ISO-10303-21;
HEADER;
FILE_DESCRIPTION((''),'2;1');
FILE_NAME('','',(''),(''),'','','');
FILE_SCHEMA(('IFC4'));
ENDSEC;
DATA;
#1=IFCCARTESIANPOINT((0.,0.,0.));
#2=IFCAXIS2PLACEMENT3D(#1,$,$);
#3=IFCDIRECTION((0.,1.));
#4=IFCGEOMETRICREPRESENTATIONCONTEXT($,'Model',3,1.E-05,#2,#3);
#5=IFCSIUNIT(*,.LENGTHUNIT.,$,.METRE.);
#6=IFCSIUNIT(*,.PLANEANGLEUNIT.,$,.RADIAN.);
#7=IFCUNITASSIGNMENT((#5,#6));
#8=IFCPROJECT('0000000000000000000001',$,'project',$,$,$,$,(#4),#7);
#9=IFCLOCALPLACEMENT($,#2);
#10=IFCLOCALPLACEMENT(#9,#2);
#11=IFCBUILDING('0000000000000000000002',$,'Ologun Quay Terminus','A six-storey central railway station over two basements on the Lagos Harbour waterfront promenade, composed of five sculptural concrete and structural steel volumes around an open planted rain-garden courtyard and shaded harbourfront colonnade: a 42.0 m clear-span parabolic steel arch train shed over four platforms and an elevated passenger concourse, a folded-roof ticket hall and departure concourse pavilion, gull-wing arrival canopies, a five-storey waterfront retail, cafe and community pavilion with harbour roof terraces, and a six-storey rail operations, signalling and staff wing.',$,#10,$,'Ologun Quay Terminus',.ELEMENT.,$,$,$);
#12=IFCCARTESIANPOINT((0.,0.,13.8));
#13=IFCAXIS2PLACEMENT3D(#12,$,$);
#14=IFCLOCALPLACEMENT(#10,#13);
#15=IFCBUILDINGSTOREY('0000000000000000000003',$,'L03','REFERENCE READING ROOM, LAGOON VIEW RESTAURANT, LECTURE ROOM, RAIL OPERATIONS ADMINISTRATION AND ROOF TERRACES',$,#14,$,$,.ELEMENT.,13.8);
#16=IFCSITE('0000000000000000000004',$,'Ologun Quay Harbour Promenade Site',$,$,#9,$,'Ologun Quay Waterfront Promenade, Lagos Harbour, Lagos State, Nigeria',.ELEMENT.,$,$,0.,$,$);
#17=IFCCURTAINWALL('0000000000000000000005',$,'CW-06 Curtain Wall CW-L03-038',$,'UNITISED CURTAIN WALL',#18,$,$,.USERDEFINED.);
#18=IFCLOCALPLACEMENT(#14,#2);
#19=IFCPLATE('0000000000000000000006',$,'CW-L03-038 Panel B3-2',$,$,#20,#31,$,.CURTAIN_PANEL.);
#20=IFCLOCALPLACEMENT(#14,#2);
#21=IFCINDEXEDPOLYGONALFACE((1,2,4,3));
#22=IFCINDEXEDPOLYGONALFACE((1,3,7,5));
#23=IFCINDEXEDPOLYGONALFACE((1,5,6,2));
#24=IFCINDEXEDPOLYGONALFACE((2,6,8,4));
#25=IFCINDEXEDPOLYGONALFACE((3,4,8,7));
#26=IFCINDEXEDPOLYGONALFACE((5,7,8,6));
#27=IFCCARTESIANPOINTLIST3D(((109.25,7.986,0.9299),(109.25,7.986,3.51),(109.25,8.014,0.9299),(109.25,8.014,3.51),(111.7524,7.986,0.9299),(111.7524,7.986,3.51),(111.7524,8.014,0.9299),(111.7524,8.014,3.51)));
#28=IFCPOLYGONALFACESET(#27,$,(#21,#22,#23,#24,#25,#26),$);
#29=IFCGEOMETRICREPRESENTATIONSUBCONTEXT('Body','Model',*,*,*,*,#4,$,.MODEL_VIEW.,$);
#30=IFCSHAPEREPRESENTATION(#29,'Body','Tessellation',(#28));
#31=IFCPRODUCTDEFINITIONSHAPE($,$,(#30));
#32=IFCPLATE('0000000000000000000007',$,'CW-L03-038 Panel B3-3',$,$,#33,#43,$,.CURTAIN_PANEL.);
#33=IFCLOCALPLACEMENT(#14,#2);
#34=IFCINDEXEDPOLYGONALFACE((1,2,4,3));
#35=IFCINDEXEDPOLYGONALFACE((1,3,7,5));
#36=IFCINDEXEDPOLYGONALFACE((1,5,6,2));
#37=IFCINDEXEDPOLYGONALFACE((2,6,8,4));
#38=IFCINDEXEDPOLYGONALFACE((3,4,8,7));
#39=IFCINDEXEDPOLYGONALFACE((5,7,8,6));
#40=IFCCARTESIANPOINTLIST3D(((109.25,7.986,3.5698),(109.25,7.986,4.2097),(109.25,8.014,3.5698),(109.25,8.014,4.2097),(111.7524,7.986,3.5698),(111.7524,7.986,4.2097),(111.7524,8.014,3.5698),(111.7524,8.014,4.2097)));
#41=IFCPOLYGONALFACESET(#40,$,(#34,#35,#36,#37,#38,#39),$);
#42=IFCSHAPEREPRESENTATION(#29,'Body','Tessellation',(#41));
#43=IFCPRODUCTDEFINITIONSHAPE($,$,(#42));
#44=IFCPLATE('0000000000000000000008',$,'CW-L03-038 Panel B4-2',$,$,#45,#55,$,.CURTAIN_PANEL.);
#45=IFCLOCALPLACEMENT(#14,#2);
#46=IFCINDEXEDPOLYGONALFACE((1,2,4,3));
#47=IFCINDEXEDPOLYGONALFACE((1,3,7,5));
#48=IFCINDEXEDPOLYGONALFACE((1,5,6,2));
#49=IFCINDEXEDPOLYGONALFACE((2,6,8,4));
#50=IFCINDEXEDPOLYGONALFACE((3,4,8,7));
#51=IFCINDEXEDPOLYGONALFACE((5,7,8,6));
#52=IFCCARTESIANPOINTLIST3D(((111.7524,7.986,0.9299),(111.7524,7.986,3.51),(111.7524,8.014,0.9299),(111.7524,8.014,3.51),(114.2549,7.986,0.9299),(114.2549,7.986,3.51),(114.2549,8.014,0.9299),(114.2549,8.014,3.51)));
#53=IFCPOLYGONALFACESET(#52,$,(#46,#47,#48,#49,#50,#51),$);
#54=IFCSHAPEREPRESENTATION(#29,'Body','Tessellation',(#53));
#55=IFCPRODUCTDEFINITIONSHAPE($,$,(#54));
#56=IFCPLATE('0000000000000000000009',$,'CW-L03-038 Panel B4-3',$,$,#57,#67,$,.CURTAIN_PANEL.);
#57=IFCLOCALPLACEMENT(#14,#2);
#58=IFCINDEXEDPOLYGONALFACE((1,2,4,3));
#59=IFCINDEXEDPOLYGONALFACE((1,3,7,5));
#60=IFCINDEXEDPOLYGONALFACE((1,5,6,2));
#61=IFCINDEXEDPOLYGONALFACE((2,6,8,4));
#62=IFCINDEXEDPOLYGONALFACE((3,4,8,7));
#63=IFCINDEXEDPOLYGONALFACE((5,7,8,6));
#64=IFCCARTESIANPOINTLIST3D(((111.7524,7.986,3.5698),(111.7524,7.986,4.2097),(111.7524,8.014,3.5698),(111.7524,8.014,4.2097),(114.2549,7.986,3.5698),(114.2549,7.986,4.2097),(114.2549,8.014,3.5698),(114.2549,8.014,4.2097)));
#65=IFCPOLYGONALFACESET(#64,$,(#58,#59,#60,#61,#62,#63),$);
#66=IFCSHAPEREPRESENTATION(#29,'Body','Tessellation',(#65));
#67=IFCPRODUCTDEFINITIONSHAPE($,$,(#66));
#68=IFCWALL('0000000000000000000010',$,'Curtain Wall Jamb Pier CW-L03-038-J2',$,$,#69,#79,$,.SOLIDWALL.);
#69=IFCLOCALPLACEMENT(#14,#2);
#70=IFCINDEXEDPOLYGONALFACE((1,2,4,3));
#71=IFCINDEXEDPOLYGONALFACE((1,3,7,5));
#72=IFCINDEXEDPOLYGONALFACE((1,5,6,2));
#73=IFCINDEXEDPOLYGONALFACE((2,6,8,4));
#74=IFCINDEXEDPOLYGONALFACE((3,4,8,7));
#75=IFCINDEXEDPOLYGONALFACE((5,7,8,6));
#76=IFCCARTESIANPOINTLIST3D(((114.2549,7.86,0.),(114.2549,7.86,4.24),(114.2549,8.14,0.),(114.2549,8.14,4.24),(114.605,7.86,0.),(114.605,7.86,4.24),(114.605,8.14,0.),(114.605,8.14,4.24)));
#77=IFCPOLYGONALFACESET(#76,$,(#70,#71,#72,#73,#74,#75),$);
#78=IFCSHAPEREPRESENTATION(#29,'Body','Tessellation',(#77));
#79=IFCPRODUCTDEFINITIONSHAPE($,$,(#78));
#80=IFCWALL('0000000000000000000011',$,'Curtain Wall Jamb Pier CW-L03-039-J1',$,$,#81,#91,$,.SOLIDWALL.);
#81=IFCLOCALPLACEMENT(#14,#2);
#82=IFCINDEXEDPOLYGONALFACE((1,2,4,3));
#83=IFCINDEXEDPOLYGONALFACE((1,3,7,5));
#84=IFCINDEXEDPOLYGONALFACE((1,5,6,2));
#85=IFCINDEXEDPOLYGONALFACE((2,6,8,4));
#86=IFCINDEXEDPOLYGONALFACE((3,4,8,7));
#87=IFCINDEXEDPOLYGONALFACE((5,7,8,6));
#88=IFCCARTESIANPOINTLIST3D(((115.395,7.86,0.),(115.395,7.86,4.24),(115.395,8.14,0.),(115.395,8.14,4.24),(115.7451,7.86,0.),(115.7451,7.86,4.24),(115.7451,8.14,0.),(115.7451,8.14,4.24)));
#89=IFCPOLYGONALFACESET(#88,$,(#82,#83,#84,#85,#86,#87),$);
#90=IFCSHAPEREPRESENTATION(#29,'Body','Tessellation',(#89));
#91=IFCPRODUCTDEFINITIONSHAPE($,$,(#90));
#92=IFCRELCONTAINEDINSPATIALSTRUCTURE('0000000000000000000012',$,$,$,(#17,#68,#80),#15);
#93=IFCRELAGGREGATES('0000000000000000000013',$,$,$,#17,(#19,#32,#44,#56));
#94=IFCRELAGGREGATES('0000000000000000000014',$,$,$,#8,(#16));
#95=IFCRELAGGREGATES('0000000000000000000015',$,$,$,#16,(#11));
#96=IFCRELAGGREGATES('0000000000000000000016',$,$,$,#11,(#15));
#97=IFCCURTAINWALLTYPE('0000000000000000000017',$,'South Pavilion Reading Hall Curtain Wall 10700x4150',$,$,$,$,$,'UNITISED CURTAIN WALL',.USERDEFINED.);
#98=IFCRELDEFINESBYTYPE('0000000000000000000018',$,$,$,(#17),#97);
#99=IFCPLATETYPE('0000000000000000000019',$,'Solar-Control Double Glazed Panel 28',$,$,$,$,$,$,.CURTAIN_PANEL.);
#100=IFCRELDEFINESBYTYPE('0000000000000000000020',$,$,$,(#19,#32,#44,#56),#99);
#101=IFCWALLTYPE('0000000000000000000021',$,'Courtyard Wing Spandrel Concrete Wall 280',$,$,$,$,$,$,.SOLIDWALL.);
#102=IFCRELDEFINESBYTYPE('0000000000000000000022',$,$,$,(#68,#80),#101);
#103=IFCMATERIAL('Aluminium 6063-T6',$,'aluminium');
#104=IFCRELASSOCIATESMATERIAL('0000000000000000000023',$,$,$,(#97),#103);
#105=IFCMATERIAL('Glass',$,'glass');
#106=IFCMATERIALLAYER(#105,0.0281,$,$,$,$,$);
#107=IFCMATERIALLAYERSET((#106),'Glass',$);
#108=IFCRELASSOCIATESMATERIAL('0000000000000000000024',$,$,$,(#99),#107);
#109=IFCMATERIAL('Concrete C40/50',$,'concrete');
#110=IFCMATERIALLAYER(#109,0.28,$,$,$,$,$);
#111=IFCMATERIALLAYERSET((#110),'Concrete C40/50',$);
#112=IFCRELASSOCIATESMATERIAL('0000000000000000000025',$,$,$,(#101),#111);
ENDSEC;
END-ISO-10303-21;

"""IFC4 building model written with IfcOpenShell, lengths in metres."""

from ifc_helpers import new_model, si_unit, direction, frame, frame_2d, origin, origin_2d, place, context, subcontext, project, spatial, rectangle, extrude, material, layer, layer_set, type_object, element, aggregate, save


model = new_model("IFC4")

# Units and contexts
model_context = context("Model", 3, precision=1e-05, world=origin(), true_north=direction((0.0, 1.0)))
body_context = subcontext(model_context, "Body", "Model", "MODEL_VIEW")
ifc_project = project(units=[si_unit("LENGTHUNIT", "METRE"), si_unit("PLANEANGLEUNIT", "RADIAN")], contexts=[model_context])

# Site, building, storey
site_placement = place(None, origin())
site = spatial("IfcSite", under=ifc_project, at=site_placement, Name="Ologun Quay Harbour Promenade Site", LongName="Ologun Quay Waterfront Promenade, Lagos Harbour, Lagos State, Nigeria", CompositionType="ELEMENT", RefElevation=0.0)
building_placement = place(site_placement, origin())
building = spatial("IfcBuilding", under=site, at=building_placement, Name="Ologun Quay Terminus", Description="A six-storey central railway station over two basements on the Lagos Harbour waterfront promenade, composed of five sculptural concrete and structural steel volumes around an open planted rain-garden courtyard and shaded harbourfront colonnade: a 42.0 m clear-span parabolic steel arch train shed over four platforms and an elevated passenger concourse, a folded-roof ticket hall and departure concourse pavilion, gull-wing arrival canopies, a five-storey waterfront retail, cafe and community pavilion with harbour roof terraces, and a six-storey rail operations, signalling and staff wing.", LongName="Ologun Quay Terminus", CompositionType="ELEMENT")
storey_placement = place(building_placement, frame((0.0, 0.0, 13.8)))
storey = spatial("IfcBuildingStorey", under=building, at=storey_placement, Name="L03", Description="REFERENCE READING ROOM, LAGOON VIEW RESTAURANT, LECTURE ROOM, RAIL OPERATIONS ADMINISTRATION AND ROOF TERRACES", CompositionType="ELEMENT", Elevation=13.8)

# Curtain wall
ifc_material_1 = material(Name="Aluminium 6063-T6", Category="aluminium")
curtain_wall_type = type_object("IfcCurtainWallType", Name="South Pavilion Reading Hall Curtain Wall 10700x4150", ElementType="UNITISED CURTAIN WALL", PredefinedType="USERDEFINED", material=ifc_material_1)
curtain_wall_1_placement = place(storey_placement, origin())
curtain_wall_1 = element("IfcCurtainWall", 1, at=curtain_wall_1_placement, inside=storey, type_object=curtain_wall_type, Name="CW-06 Curtain Wall CW-L03-038", ObjectType="UNITISED CURTAIN WALL", PredefinedType="USERDEFINED")

# Plates
ifc_material_2 = material(Name="Glass", Category="glass")
ifc_layer_1 = layer(ifc_material_2, 0.0281)
ifc_layer_set_1 = layer_set([ifc_layer_1], Name="Glass")
plate_type_1 = type_object("IfcPlateType", Name="Solar-Control Double Glazed Panel 28", PredefinedType="CURTAIN_PANEL", material=ifc_layer_set_1)
plate_1_placement = place(storey_placement, frame((110.5012, 8.0, 0.9299), z_axis=(0.0, 0.0, 1.0), x_axis=(1.0, 0.0, 0.0)))
plate_1 = element("IfcPlate", 2, at=plate_1_placement, type_object=plate_type_1, Name="CW-L03-038 Panel B3-2", PredefinedType="CURTAIN_PANEL", context=body_context, shape_type="SweptSolid", body=[
    extrude(rectangle(XDim=2.5024, YDim=0.0281, at=origin_2d()), origin(), (0.0, 0.0, 1.0), 2.5801),
])
plate_2_placement = place(storey_placement, frame((110.5012, 8.0, 3.5698), z_axis=(0.0, 0.0, 1.0), x_axis=(1.0, 0.0, 0.0)))
plate_2 = element("IfcPlate", 3, at=plate_2_placement, type_object=plate_type_1, Name="CW-L03-038 Panel B3-3", PredefinedType="CURTAIN_PANEL", context=body_context, shape_type="SweptSolid", body=[
    extrude(rectangle(XDim=2.5024, YDim=0.0281, at=origin_2d()), origin(), (0.0, 0.0, 1.0), 0.6399),
])
plate_3_placement = place(storey_placement, frame((113.0037, 8.0, 0.9299), z_axis=(0.0, 0.0, 1.0), x_axis=(1.0, 0.0, 0.0)))
plate_3 = element("IfcPlate", 4, at=plate_3_placement, type_object=plate_type_1, Name="CW-L03-038 Panel B4-2", PredefinedType="CURTAIN_PANEL", context=body_context, shape_type="SweptSolid", body=[
    extrude(rectangle(XDim=2.5024, YDim=0.0281, at=origin_2d()), origin(), (0.0, 0.0, 1.0), 2.5801),
])
plate_4_placement = place(storey_placement, frame((113.0037, 8.0, 3.5698), z_axis=(0.0, 0.0, 1.0), x_axis=(1.0, 0.0, 0.0)))
plate_4 = element("IfcPlate", 5, at=plate_4_placement, type_object=plate_type_1, Name="CW-L03-038 Panel B4-3", PredefinedType="CURTAIN_PANEL", context=body_context, shape_type="SweptSolid", body=[
    extrude(rectangle(XDim=2.5024, YDim=0.0281, at=origin_2d()), origin(), (0.0, 0.0, 1.0), 0.6399),
])
aggregate(curtain_wall_1, [plate_1, plate_2, plate_3, plate_4])

# Walls
ifc_material_3 = material(Name="Concrete C40/50", Category="concrete")
ifc_layer_2 = layer(ifc_material_3, 0.28)
ifc_layer_set_2 = layer_set([ifc_layer_2], Name="Concrete C40/50")
wall_type = type_object("IfcWallType", Name="Courtyard Wing Spandrel Concrete Wall 280", PredefinedType="SOLIDWALL", material=ifc_layer_set_2)
for number, where, z_axis, x_axis, name in (
    (6, (114.2549, 8.0, 0.0), (0.0, 0.0, 1.0), (1.0, 0.0, 0.0), "Curtain Wall Jamb Pier CW-L03-038-J2"),
    (7, (115.395, 8.0, 0.0), (0.0, 0.0, 1.0), (1.0, 0.0, 0.0), "Curtain Wall Jamb Pier CW-L03-039-J1"),
):
    element("IfcWall", number, at=place(storey_placement, frame(where, z_axis=z_axis, x_axis=x_axis)), inside=storey, type_object=wall_type, Name=name, PredefinedType="SOLIDWALL", context=body_context, shape_type="SweptSolid", body=[
        extrude(rectangle(XDim=0.3501, YDim=0.28, at=frame_2d((0.175, 0.0))), origin(), (0.0, 0.0, 1.0), 4.24),
    ])

save(model, "model.ifc")
